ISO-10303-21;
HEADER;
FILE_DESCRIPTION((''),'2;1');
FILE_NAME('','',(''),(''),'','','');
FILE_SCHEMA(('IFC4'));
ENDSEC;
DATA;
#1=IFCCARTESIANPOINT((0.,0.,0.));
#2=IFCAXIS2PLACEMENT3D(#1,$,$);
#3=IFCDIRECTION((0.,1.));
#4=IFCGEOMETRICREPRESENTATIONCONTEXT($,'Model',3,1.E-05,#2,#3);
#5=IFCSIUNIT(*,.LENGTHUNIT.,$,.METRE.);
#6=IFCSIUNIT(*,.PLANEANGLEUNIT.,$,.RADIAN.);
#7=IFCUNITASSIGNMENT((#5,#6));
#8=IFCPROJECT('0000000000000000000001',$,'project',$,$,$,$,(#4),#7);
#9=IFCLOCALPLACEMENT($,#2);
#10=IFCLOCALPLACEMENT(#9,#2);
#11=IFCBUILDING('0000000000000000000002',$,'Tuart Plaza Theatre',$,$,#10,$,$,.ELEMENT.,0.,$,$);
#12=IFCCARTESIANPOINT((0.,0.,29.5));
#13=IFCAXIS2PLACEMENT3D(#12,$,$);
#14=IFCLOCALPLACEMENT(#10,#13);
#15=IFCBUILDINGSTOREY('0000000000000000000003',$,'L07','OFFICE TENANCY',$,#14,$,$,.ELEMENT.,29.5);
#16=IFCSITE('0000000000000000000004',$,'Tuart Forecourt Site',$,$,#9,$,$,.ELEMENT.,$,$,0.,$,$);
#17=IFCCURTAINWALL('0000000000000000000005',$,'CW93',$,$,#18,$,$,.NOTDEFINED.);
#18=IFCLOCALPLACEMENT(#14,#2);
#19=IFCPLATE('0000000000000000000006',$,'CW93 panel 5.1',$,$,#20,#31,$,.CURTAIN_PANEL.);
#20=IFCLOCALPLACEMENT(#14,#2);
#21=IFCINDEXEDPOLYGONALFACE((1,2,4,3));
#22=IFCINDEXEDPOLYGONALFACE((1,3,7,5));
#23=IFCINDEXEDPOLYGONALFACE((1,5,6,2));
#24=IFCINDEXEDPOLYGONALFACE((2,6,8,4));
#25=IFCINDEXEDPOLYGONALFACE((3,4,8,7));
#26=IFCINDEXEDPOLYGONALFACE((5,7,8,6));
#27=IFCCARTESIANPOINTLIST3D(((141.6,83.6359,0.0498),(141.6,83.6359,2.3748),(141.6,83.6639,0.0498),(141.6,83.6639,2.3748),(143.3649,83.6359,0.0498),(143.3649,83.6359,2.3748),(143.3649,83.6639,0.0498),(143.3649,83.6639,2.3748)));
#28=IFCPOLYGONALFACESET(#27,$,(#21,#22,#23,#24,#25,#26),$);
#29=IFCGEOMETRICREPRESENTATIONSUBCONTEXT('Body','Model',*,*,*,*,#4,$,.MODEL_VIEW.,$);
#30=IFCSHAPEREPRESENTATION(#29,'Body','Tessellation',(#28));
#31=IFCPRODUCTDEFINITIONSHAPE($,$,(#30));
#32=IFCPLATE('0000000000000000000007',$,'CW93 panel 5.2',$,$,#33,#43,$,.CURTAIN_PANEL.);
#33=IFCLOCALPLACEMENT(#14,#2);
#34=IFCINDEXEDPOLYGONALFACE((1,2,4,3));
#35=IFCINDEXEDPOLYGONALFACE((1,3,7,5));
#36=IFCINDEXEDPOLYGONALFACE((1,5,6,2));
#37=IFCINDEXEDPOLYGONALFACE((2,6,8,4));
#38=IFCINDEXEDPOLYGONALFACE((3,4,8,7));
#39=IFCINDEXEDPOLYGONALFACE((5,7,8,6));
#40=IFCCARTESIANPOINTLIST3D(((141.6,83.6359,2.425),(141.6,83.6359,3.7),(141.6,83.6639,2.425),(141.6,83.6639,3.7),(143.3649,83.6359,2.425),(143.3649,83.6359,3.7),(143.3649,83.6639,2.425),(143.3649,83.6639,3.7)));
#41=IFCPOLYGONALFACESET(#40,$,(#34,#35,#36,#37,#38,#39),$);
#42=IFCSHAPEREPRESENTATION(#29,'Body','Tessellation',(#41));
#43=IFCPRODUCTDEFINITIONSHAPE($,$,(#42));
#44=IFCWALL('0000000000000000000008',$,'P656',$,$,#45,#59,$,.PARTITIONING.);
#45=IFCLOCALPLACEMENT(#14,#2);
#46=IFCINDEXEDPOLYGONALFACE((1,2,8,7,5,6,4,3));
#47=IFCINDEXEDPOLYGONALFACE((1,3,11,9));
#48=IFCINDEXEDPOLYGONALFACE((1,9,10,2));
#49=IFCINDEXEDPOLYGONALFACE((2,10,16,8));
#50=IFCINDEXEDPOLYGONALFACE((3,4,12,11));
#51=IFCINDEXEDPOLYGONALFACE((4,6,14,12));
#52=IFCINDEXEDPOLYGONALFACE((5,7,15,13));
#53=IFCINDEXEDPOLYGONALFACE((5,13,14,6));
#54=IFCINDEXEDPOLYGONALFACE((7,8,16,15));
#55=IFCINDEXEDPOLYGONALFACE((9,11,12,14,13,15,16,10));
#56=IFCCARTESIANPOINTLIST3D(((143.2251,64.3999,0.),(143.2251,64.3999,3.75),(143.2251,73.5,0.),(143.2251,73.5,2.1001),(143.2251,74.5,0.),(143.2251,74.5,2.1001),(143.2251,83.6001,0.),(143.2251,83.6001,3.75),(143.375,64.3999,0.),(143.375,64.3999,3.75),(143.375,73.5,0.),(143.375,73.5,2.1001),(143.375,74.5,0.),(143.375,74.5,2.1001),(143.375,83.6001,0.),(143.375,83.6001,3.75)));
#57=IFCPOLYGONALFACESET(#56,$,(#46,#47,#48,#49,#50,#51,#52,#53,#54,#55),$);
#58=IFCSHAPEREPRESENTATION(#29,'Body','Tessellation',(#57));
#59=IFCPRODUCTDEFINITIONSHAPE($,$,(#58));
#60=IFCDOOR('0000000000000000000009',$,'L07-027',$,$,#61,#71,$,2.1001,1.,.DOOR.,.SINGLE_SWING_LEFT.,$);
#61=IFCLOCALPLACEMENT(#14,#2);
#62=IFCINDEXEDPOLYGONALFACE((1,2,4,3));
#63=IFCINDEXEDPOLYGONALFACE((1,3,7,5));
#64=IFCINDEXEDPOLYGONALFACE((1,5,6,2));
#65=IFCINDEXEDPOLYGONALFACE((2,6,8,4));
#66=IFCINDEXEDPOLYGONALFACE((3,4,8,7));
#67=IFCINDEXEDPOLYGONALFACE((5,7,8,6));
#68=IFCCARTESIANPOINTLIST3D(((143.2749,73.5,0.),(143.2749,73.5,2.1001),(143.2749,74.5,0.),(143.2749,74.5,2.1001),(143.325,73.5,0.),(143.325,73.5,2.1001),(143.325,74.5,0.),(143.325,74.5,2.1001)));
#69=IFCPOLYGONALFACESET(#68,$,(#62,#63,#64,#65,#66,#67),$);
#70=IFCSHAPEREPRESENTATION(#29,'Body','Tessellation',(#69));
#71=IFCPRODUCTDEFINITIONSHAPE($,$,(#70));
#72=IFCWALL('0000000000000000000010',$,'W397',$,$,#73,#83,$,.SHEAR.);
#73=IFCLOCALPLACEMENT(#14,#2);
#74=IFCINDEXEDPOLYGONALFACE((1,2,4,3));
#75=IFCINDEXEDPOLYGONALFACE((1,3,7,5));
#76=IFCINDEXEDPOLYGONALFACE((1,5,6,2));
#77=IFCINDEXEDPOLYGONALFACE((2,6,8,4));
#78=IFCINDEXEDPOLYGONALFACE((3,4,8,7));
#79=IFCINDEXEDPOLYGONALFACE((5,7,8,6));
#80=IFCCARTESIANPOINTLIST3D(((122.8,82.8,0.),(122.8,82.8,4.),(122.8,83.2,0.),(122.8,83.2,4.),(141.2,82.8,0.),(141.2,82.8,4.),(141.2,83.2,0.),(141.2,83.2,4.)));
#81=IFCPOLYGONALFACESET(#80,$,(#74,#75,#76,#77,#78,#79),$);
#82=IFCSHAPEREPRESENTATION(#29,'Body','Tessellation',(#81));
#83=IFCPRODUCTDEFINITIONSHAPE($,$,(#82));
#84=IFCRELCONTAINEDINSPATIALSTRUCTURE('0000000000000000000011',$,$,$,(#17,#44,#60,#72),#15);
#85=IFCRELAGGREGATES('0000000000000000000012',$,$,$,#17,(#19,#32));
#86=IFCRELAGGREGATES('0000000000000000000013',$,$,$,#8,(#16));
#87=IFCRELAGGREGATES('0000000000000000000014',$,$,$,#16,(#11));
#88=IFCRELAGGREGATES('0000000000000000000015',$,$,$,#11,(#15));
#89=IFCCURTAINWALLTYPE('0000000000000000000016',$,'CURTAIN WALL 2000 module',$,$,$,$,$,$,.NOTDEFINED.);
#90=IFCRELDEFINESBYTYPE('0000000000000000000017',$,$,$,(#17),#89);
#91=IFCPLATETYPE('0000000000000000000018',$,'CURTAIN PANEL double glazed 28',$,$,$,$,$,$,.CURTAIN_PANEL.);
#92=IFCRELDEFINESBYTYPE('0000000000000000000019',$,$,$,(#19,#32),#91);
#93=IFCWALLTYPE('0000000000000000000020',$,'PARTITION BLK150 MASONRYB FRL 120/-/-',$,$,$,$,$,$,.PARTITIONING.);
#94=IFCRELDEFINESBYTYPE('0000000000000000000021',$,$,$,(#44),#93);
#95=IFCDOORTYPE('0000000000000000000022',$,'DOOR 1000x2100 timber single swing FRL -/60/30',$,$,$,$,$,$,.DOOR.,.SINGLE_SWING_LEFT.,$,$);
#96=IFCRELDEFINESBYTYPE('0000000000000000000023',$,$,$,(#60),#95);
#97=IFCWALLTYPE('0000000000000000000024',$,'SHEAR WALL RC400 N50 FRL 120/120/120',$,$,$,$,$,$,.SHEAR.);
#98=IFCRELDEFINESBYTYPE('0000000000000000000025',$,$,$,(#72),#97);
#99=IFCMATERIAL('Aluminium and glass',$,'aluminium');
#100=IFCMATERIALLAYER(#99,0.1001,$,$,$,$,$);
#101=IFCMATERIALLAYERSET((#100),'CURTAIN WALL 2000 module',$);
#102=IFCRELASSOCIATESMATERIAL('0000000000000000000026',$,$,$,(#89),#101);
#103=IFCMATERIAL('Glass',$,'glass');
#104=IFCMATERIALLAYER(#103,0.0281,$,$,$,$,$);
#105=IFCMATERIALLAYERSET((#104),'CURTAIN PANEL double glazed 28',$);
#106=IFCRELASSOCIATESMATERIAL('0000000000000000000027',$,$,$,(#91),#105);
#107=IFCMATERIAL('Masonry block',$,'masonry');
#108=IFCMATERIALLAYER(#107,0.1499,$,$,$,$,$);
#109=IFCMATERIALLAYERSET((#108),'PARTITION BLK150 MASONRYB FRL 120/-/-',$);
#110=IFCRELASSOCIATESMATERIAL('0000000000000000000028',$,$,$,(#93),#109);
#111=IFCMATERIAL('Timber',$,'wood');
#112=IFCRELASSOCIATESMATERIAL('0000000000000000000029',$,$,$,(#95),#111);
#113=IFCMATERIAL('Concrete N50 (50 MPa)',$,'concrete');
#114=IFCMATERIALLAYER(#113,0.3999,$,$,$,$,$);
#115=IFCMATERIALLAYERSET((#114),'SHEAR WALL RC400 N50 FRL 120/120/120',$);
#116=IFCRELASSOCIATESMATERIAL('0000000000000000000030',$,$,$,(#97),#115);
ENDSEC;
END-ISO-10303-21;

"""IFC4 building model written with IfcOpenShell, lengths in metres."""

from ifc_helpers import new_model, si_unit, direction, frame, frame_2d, origin, origin_2d, place, context, subcontext, project, spatial, rectangle, extrude, material, layer, layer_set, type_object, element, fill, aggregate, save


model = new_model("IFC4")

# Units and contexts
model_context = context("Model", 3, precision=1e-05, world=origin(), true_north=direction((0.0, 1.0)))
body_context = subcontext(model_context, "Body", "Model", "MODEL_VIEW")
ifc_project = project(units=[si_unit("LENGTHUNIT", "METRE"), si_unit("PLANEANGLEUNIT", "RADIAN")], contexts=[model_context])

# Site, building, storey
site_placement = place(None, origin())
site = spatial("IfcSite", under=ifc_project, at=site_placement, Name="Tuart Forecourt Site", CompositionType="ELEMENT", RefElevation=0.0)
building_placement = place(site_placement, origin())
building = spatial("IfcBuilding", under=site, at=building_placement, Name="Tuart Plaza Theatre", CompositionType="ELEMENT", ElevationOfRefHeight=0.0)
storey_placement = place(building_placement, frame((0.0, 0.0, 29.5)))
storey = spatial("IfcBuildingStorey", under=building, at=storey_placement, Name="L07", Description="OFFICE TENANCY", CompositionType="ELEMENT", Elevation=29.5)

# Shared definitions
ifc_material_1 = material(Name="Aluminium and glass", Category="aluminium")
ifc_layer_1 = layer(ifc_material_1, 0.1001)
ifc_layer_set_1 = layer_set([ifc_layer_1], Name="CURTAIN WALL 2000 module")
curtain_wall_type = type_object("IfcCurtainWallType", Name="CURTAIN WALL 2000 module", PredefinedType="NOTDEFINED", material=ifc_layer_set_1)

# Curtain wall
curtain_wall_1_placement = place(storey_placement, origin())
curtain_wall_1 = element("IfcCurtainWall", 1, at=curtain_wall_1_placement, inside=storey, type_object=curtain_wall_type, Name="CW93", PredefinedType="NOTDEFINED")

# Plates
ifc_material_2 = material(Name="Glass", Category="glass")
ifc_layer_2 = layer(ifc_material_2, 0.0281)
ifc_layer_set_2 = layer_set([ifc_layer_2], Name="CURTAIN PANEL double glazed 28")
plate_type = type_object("IfcPlateType", Name="CURTAIN PANEL double glazed 28", PredefinedType="CURTAIN_PANEL", material=ifc_layer_set_2)
plate_1_placement = place(storey_placement, frame((142.4824, 83.6499, 0.0498), z_axis=(0.0, 0.0, 1.0), x_axis=(-1.0, 0.0, 0.0)))
plate_1 = element("IfcPlate", 2, at=plate_1_placement, type_object=plate_type, Name="CW93 panel 5.1", PredefinedType="CURTAIN_PANEL", context=body_context, shape_type="SweptSolid", body=[
    extrude(rectangle(XDim=1.7649, YDim=0.0281, at=origin_2d()), origin(), (0.0, 0.0, 1.0), 2.325),
])
plate_2_placement = place(storey_placement, frame((142.4824, 83.6499, 2.425), z_axis=(0.0, 0.0, 1.0), x_axis=(-1.0, 0.0, 0.0)))
plate_2 = element("IfcPlate", 3, at=plate_2_placement, type_object=plate_type, Name="CW93 panel 5.2", PredefinedType="CURTAIN_PANEL", context=body_context, shape_type="SweptSolid", body=[
    extrude(rectangle(XDim=1.7649, YDim=0.0281, at=origin_2d()), origin(), (0.0, 0.0, 1.0), 1.2749),
])
aggregate(curtain_wall_1, [plate_1, plate_2])

# Wall, opening, door
ifc_material_3 = material(Name="Masonry block", Category="masonry")
ifc_layer_3 = layer(ifc_material_3, 0.1499)
ifc_layer_set_3 = layer_set([ifc_layer_3], Name="PARTITION BLK150 MASONRYB FRL 120/-/-")
wall_type_1 = type_object("IfcWallType", Name="PARTITION BLK150 MASONRYB FRL 120/-/-", PredefinedType="PARTITIONING", material=ifc_layer_set_3)
wall_1_placement = place(storey_placement, frame((143.3, 83.6001, 0.0), z_axis=(0.0, 0.0, 1.0), x_axis=(0.0, -1.0, 0.0)))
wall_1 = element("IfcWall", 4, at=wall_1_placement, inside=storey, type_object=wall_type_1, Name="P656", PredefinedType="PARTITIONING", context=body_context, shape_type="SweptSolid", body=[
    extrude(rectangle(XDim=19.2002, YDim=0.1499, at=frame_2d((9.6001, 0.0))), origin(), (0.0, 0.0, 1.0), 3.75),
])
opening_placement = place(wall_1_placement, frame((9.1001, 0.0, 0.0)))
opening = element("IfcOpeningElement", 5, at=opening_placement, cuts=wall_1, PredefinedType="OPENING", context=body_context, shape_type="SweptSolid", body=[
    extrude(rectangle(XDim=1.0, YDim=2.1001, at=frame_2d((0.5, 1.05))), frame((0.0, 0.085, 0.0), z_axis=(0.0, -1.0, 0.0), x_axis=(1.0, 0.0, 0.0)), (0.0, 0.0, 1.0), 0.1699),
])
ifc_material_4 = material(Name="Timber", Category="wood")
door_type = type_object("IfcDoorType", Name="DOOR 1000x2100 timber single swing FRL -/60/30", OperationType="SINGLE_SWING_LEFT", PredefinedType="DOOR", material=ifc_material_4)
door_placement = place(opening_placement, origin())
door = element("IfcDoor", 6, at=door_placement, inside=storey, type_object=door_type, Name="L07-027", OperationType="SINGLE_SWING_LEFT", OverallHeight=2.1001, OverallWidth=1.0, PredefinedType="DOOR", context=body_context, shape_type="SweptSolid", body=[
    extrude(rectangle(XDim=1.0, YDim=2.1001, at=frame_2d((0.5, 1.05))), frame((0.0, 0.0249, 0.0), z_axis=(0.0, -1.0, 0.0), x_axis=(1.0, 0.0, 0.0)), (0.0, 0.0, 1.0), 0.05),
])
fill(opening, door)

# Wall
ifc_material_5 = material(Name="Concrete N50 (50 MPa)", Category="concrete")
ifc_layer_4 = layer(ifc_material_5, 0.3999)
ifc_layer_set_4 = layer_set([ifc_layer_4], Name="SHEAR WALL RC400 N50 FRL 120/120/120")
wall_type_2 = type_object("IfcWallType", Name="SHEAR WALL RC400 N50 FRL 120/120/120", PredefinedType="SHEAR", material=ifc_layer_set_4)
wall_2_placement = place(storey_placement, frame((141.2, 83.0, 0.0), z_axis=(0.0, 0.0, 1.0), x_axis=(-1.0, 0.0, 0.0)))
element("IfcWall", 7, at=wall_2_placement, inside=storey, type_object=wall_type_2, Name="W397", PredefinedType="SHEAR", context=body_context, shape_type="SweptSolid", body=[
    extrude(rectangle(XDim=18.3999, YDim=0.3999, at=frame_2d((9.2, 0.0))), origin(), (0.0, 0.0, 1.0), 4.0),
])

save(model, "model.ifc")
